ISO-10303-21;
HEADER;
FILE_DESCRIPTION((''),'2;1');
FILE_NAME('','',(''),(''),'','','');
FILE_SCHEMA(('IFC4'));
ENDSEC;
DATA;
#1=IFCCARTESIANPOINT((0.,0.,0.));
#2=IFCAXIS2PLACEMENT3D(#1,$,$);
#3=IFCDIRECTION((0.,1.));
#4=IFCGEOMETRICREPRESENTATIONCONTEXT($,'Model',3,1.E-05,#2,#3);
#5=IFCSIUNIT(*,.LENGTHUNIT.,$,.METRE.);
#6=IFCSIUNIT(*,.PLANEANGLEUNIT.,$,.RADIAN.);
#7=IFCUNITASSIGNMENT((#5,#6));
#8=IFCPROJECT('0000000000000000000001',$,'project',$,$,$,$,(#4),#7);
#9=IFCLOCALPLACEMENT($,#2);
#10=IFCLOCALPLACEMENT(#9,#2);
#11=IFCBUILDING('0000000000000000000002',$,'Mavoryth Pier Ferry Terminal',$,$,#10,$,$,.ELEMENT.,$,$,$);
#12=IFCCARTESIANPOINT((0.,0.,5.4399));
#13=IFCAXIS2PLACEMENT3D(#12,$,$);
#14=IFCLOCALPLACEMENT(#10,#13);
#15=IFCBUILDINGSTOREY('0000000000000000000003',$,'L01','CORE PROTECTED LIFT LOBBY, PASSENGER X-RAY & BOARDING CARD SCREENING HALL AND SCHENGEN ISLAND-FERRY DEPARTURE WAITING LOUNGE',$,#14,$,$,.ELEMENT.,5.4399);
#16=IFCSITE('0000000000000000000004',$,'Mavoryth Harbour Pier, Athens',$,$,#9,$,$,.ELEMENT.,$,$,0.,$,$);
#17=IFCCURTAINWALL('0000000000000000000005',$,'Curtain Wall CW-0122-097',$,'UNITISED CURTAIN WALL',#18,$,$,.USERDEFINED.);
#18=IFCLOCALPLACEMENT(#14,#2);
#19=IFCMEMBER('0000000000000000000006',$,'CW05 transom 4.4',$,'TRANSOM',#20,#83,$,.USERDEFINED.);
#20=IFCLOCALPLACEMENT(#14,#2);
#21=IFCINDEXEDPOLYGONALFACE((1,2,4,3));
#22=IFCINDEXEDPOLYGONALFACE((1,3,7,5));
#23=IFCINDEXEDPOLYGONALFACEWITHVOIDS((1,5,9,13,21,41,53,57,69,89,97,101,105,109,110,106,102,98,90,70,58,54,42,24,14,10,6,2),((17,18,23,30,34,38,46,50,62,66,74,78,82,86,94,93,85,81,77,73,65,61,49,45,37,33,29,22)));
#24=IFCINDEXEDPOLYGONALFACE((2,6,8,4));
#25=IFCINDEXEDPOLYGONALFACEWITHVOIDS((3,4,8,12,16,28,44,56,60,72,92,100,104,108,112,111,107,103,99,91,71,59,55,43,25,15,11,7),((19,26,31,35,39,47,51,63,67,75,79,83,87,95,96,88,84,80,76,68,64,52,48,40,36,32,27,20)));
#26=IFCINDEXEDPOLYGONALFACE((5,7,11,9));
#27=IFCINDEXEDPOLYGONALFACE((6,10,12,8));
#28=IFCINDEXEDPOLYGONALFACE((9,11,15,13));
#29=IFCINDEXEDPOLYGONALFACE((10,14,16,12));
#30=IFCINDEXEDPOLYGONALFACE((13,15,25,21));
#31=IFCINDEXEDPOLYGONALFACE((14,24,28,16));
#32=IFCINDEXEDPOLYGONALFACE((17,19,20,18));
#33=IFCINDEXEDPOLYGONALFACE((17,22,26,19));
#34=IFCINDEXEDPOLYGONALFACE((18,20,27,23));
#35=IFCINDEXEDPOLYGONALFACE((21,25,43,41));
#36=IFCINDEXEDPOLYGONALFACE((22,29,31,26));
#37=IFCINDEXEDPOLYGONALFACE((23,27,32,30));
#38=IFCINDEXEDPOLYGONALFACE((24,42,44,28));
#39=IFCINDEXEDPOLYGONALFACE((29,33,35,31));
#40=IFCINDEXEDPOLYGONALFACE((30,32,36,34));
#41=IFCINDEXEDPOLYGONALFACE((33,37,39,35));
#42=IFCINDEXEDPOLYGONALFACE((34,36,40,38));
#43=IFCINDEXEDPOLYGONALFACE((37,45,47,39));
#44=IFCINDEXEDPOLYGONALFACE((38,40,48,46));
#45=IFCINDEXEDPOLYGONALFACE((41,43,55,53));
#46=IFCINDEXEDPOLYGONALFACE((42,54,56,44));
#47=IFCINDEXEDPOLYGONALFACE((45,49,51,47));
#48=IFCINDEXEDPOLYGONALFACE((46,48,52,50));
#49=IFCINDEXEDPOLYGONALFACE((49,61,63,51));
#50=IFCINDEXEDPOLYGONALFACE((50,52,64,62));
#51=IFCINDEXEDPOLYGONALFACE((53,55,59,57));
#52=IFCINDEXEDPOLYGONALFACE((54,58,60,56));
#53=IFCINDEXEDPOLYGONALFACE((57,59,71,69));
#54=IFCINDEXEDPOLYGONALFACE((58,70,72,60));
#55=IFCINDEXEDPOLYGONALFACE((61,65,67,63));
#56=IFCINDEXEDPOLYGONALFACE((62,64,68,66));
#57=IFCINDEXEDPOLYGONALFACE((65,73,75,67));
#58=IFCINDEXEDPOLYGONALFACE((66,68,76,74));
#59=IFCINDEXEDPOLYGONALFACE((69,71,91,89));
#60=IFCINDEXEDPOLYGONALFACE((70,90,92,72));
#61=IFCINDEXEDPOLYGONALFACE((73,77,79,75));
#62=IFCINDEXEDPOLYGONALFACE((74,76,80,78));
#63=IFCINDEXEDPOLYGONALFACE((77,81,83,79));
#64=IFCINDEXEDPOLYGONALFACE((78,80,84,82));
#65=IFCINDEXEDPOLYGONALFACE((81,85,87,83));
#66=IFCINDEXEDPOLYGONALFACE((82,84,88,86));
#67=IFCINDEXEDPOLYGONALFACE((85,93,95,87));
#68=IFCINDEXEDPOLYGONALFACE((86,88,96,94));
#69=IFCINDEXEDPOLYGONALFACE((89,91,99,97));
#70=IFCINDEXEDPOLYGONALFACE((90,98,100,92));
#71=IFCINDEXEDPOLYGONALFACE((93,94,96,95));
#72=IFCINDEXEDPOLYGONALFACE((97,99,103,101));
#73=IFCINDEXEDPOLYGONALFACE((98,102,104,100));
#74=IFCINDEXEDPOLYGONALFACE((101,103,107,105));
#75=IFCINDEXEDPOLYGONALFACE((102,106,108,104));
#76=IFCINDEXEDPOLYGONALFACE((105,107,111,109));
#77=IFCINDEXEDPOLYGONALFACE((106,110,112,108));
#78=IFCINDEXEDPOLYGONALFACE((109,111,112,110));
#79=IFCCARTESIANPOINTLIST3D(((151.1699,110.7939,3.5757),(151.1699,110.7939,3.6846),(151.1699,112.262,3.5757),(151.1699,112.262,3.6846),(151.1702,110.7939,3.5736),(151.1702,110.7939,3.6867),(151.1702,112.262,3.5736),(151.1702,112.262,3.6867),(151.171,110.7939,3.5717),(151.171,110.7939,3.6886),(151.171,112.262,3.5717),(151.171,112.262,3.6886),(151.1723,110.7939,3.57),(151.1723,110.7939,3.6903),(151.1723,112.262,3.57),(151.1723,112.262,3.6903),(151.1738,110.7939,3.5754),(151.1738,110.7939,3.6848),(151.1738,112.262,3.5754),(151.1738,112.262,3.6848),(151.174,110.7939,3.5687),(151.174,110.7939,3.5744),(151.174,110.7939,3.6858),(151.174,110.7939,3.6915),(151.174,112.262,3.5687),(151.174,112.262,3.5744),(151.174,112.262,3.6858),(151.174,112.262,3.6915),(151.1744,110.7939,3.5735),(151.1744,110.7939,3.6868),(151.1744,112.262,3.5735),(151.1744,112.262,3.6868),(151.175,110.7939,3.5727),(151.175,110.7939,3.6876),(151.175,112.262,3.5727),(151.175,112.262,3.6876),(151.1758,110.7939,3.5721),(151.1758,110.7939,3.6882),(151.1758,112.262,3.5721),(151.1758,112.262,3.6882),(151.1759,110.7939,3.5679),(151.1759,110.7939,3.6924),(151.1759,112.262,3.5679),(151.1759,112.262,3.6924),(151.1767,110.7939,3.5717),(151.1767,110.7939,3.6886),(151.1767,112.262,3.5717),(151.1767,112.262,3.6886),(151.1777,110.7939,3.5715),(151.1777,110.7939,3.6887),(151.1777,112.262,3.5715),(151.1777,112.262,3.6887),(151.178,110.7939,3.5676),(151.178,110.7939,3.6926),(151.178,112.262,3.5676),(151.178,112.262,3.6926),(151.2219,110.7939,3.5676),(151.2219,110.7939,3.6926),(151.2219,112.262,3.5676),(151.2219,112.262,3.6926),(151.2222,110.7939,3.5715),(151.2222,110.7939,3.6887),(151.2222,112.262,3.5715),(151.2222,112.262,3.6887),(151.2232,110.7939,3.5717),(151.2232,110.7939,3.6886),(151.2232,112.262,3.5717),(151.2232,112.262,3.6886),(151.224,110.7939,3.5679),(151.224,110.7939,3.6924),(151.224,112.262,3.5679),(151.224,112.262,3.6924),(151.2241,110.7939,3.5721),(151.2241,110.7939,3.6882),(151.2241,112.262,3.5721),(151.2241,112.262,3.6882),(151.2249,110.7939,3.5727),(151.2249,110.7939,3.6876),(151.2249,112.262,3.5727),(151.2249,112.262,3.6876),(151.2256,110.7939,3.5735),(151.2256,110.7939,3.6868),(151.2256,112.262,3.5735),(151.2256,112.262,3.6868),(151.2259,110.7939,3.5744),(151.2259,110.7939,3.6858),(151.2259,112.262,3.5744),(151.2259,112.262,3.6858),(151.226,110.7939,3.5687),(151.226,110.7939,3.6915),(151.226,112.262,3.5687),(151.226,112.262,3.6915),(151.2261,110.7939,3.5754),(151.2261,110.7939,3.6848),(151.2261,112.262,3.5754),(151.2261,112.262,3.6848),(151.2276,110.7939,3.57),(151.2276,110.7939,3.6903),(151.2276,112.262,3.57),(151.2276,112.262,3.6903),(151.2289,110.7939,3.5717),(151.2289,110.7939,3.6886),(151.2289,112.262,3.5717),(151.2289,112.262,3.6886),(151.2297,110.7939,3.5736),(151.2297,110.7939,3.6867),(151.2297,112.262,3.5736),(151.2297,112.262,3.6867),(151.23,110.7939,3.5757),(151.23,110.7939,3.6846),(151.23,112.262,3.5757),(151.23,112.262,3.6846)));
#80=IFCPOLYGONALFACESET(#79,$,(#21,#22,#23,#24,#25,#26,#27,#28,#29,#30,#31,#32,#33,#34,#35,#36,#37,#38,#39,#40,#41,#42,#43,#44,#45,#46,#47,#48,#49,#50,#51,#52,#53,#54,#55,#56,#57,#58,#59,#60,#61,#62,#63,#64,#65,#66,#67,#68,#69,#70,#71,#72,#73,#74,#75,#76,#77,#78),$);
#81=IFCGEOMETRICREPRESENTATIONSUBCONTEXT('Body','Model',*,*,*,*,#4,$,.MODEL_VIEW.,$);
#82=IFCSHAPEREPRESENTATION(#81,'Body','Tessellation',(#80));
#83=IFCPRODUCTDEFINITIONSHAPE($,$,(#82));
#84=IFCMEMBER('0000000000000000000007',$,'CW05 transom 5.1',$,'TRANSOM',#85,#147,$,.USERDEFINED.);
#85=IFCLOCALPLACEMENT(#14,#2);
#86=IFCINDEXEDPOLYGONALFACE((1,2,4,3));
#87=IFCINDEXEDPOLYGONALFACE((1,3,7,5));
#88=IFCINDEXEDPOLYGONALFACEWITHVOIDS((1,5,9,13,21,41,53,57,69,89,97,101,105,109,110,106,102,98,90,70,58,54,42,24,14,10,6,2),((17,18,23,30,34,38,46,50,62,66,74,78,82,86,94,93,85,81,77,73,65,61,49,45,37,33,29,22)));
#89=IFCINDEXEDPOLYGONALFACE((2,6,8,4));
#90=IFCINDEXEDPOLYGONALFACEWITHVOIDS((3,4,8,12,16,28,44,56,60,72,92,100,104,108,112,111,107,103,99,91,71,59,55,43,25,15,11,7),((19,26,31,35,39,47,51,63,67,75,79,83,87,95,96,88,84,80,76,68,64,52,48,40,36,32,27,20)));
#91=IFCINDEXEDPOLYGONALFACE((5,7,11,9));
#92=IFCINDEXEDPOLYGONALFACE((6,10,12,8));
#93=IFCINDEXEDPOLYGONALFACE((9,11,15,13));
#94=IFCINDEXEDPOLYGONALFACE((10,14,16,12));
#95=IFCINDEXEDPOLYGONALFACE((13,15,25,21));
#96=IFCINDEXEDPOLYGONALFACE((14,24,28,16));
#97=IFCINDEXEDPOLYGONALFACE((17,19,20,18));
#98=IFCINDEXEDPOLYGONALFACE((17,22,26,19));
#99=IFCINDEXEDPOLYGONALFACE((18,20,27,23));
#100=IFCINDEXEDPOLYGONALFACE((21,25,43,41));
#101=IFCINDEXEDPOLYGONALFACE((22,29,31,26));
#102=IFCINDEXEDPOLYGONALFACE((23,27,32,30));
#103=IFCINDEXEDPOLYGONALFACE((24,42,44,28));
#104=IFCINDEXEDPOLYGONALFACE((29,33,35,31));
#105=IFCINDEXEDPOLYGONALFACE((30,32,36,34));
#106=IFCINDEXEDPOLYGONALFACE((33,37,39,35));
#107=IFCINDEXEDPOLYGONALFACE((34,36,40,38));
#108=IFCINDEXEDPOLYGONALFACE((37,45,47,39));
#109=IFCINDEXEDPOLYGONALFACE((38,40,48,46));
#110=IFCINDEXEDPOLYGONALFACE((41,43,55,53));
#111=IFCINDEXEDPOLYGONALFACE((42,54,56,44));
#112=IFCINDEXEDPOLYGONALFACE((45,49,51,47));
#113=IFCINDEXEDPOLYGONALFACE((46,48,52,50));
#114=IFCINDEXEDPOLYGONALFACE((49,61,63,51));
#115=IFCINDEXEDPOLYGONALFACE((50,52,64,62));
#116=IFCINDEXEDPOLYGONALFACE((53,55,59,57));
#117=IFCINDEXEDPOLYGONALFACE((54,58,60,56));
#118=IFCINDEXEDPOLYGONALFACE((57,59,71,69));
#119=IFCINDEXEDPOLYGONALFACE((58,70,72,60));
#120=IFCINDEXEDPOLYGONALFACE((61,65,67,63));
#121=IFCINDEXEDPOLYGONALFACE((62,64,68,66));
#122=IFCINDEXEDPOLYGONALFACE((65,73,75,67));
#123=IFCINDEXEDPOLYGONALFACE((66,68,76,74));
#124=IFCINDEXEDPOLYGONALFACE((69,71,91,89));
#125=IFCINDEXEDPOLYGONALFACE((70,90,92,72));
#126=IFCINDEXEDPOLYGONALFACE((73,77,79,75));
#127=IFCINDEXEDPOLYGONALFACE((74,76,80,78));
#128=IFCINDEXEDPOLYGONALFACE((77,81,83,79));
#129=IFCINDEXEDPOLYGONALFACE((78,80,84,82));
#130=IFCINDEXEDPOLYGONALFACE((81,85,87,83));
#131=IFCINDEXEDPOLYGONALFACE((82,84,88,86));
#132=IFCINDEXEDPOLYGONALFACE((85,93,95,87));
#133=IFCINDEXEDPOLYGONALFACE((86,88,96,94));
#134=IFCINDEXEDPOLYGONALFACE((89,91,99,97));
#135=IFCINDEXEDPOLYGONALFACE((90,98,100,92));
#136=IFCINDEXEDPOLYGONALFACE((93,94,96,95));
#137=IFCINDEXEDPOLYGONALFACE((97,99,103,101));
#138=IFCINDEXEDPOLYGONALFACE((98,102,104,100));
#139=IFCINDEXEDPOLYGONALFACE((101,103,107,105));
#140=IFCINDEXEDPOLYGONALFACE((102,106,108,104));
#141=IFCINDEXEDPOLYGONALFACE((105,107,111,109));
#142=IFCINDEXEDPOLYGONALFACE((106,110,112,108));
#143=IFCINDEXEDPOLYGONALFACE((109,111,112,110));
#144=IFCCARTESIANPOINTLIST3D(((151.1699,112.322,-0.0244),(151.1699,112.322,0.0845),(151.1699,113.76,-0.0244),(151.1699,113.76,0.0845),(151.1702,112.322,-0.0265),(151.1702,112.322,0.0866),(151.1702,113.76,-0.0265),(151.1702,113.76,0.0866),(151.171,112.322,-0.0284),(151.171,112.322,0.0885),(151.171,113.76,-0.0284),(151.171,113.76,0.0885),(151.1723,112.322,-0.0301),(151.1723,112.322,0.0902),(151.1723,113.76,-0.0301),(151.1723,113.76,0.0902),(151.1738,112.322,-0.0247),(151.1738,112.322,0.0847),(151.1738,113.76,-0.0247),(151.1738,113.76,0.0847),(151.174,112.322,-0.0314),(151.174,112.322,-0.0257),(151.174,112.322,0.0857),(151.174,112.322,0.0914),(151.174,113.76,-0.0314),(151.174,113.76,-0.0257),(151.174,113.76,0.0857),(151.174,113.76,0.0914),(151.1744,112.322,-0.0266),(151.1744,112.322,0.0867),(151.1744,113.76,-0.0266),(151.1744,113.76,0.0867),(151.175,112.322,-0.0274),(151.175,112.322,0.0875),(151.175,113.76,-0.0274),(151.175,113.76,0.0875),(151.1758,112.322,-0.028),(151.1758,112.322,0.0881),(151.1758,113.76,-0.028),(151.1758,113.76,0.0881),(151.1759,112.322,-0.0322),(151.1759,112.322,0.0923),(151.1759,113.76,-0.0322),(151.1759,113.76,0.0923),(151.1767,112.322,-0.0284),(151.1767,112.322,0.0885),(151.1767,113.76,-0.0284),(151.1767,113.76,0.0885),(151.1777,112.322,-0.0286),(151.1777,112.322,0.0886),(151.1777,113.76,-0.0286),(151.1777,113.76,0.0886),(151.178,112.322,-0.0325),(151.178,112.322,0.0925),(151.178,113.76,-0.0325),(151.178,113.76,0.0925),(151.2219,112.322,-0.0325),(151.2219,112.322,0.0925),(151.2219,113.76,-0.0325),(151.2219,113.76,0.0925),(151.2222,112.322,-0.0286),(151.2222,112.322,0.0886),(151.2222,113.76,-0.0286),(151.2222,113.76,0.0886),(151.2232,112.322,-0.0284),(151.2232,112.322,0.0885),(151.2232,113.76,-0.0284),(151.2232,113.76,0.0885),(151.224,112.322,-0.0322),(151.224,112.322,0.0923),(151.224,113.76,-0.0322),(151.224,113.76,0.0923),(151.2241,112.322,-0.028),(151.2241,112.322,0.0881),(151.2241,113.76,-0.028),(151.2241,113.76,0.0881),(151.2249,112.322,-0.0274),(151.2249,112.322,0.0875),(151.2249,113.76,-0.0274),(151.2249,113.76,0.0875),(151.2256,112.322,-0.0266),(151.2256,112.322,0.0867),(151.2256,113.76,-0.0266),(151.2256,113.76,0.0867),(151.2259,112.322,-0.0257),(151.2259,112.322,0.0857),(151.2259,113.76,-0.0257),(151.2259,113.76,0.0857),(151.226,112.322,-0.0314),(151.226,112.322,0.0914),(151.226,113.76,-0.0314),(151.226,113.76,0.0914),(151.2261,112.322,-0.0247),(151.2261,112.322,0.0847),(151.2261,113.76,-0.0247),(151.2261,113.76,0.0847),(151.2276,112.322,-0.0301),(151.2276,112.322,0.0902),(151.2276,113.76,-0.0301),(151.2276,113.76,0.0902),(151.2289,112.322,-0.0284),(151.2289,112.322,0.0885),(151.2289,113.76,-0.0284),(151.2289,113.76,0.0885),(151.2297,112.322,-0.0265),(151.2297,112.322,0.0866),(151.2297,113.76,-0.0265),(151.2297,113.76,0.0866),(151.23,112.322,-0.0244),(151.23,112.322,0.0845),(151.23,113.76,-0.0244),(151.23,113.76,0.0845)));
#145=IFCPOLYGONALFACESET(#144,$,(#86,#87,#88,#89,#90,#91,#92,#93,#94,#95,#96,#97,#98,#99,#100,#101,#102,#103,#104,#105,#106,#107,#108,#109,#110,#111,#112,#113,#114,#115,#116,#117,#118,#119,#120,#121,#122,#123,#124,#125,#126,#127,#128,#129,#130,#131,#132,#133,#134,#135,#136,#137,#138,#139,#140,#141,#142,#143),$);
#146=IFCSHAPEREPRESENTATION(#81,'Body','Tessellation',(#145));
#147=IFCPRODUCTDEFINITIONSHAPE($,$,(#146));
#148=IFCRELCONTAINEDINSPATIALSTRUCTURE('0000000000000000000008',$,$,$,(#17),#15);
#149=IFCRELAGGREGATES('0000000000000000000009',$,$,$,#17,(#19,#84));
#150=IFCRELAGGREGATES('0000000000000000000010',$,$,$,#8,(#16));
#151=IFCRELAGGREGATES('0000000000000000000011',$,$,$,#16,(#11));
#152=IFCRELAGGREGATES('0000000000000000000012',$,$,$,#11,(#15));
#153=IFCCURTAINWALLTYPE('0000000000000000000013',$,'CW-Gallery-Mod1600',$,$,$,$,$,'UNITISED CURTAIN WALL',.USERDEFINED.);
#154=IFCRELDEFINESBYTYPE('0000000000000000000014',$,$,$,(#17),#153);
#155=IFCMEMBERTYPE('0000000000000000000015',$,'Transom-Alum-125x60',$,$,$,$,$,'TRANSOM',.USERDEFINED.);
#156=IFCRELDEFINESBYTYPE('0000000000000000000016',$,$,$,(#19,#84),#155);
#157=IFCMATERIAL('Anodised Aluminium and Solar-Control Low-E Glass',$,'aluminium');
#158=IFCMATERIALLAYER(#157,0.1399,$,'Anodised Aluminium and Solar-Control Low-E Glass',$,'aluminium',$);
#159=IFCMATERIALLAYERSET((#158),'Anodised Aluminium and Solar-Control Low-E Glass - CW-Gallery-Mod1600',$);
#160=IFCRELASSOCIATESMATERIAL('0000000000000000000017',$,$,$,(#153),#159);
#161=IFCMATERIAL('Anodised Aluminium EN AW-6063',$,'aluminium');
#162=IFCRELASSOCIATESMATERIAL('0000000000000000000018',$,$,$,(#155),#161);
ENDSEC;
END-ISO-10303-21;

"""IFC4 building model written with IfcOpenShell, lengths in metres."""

from ifc_helpers import new_model, si_unit, direction, frame, origin, origin_2d, place, context, subcontext, project, spatial, hollow_rectangle, extrude, material, layer, layer_set, material_profile, profile_set, type_object, element, aggregate, save


model = new_model("IFC4")

# Units and contexts
model_context = context("Model", 3, precision=1e-05, world=origin(), true_north=direction((0.0, 1.0)))
body_context = subcontext(model_context, "Body", "Model", "MODEL_VIEW")
ifc_project = project(units=[si_unit("LENGTHUNIT", "METRE"), si_unit("PLANEANGLEUNIT", "RADIAN")], contexts=[model_context])

# Site, building, storey
site_placement = place(None, origin())
site = spatial("IfcSite", under=ifc_project, at=site_placement, Name="Mavoryth Harbour Pier, Athens", CompositionType="ELEMENT", RefElevation=0.0)
building_placement = place(site_placement, origin())
building = spatial("IfcBuilding", under=site, at=building_placement, Name="Mavoryth Pier Ferry Terminal", CompositionType="ELEMENT")
storey_placement = place(building_placement, frame((0.0, 0.0, 5.4399)))
storey = spatial("IfcBuildingStorey", under=building, at=storey_placement, Name="L01", Description="CORE PROTECTED LIFT LOBBY, PASSENGER X-RAY & BOARDING CARD SCREENING HALL AND SCHENGEN ISLAND-FERRY DEPARTURE WAITING LOUNGE", CompositionType="ELEMENT", Elevation=5.4399)

# Curtain wall
ifc_material_1 = material(Name="Anodised Aluminium and Solar-Control Low-E Glass", Category="aluminium")
ifc_layer_1 = layer(ifc_material_1, 0.1399, Name="Anodised Aluminium and Solar-Control Low-E Glass", Category="aluminium")
ifc_layer_set_1 = layer_set([ifc_layer_1], Name="Anodised Aluminium and Solar-Control Low-E Glass - CW-Gallery-Mod1600")
curtain_wall_type = type_object("IfcCurtainWallType", Name="CW-Gallery-Mod1600", ElementType="UNITISED CURTAIN WALL", PredefinedType="USERDEFINED", material=ifc_layer_set_1)
ifc_material_2 = material(Name="Anodised Aluminium EN AW-6063", Category="aluminium")
curtain_wall_1_placement = place(storey_placement, origin())
curtain_wall_1 = element("IfcCurtainWall", 1, at=curtain_wall_1_placement, inside=storey, type_object=curtain_wall_type, Name="Curtain Wall CW-0122-097", ObjectType="UNITISED CURTAIN WALL", PredefinedType="USERDEFINED")

# Members
ifc_material_profile_1 = material_profile(ifc_material_2, hollow_rectangle(XDim=0.0601, YDim=0.125, WallThickness=0.0039, InnerFilletRadius=0.0039, OuterFilletRadius=0.0081, at=origin_2d()), Name="AL-TRAN 125x60x4", Category="aluminium")
ifc_profile_set_1 = profile_set([ifc_material_profile_1], Name="Anodised Aluminium EN AW-6063 - AL-TRAN 125x60x4")
member_type_1 = type_object("IfcMemberType", Name="Transom-Alum-125x60", ElementType="TRANSOM", PredefinedType="USERDEFINED", material=ifc_profile_set_1)
member_1_placement = place(storey_placement, frame((151.2, 110.7939, 3.6301), z_axis=(0.0, 1.0, 0.0), x_axis=(-1.0, 0.0, 0.0)))
member_1 = element("IfcMember", 2, at=member_1_placement, type_object=member_type_1, Name="CW05 transom 4.4", ObjectType="TRANSOM", PredefinedType="USERDEFINED", context=body_context, shape_type="SweptSolid", body=[
    extrude(hollow_rectangle(XDim=0.0601, YDim=0.125, WallThickness=0.0039, InnerFilletRadius=0.0039, OuterFilletRadius=0.0081, at=origin_2d()), origin(), (0.0, 0.0, 1.0), 1.468),
])
member_2_placement = place(storey_placement, frame((151.2, 112.322, 0.03), z_axis=(0.0, 1.0, 0.0), x_axis=(-1.0, 0.0, 0.0)))
member_2 = element("IfcMember", 3, at=member_2_placement, type_object=member_type_1, Name="CW05 transom 5.1", ObjectType="TRANSOM", PredefinedType="USERDEFINED", context=body_context, shape_type="SweptSolid", body=[
    extrude(hollow_rectangle(XDim=0.0601, YDim=0.125, WallThickness=0.0039, InnerFilletRadius=0.0039, OuterFilletRadius=0.0081, at=origin_2d()), origin(), (0.0, 0.0, 1.0), 1.438),
])

aggregate(curtain_wall_1, [member_1, member_2])

save(model, "model.ifc")
